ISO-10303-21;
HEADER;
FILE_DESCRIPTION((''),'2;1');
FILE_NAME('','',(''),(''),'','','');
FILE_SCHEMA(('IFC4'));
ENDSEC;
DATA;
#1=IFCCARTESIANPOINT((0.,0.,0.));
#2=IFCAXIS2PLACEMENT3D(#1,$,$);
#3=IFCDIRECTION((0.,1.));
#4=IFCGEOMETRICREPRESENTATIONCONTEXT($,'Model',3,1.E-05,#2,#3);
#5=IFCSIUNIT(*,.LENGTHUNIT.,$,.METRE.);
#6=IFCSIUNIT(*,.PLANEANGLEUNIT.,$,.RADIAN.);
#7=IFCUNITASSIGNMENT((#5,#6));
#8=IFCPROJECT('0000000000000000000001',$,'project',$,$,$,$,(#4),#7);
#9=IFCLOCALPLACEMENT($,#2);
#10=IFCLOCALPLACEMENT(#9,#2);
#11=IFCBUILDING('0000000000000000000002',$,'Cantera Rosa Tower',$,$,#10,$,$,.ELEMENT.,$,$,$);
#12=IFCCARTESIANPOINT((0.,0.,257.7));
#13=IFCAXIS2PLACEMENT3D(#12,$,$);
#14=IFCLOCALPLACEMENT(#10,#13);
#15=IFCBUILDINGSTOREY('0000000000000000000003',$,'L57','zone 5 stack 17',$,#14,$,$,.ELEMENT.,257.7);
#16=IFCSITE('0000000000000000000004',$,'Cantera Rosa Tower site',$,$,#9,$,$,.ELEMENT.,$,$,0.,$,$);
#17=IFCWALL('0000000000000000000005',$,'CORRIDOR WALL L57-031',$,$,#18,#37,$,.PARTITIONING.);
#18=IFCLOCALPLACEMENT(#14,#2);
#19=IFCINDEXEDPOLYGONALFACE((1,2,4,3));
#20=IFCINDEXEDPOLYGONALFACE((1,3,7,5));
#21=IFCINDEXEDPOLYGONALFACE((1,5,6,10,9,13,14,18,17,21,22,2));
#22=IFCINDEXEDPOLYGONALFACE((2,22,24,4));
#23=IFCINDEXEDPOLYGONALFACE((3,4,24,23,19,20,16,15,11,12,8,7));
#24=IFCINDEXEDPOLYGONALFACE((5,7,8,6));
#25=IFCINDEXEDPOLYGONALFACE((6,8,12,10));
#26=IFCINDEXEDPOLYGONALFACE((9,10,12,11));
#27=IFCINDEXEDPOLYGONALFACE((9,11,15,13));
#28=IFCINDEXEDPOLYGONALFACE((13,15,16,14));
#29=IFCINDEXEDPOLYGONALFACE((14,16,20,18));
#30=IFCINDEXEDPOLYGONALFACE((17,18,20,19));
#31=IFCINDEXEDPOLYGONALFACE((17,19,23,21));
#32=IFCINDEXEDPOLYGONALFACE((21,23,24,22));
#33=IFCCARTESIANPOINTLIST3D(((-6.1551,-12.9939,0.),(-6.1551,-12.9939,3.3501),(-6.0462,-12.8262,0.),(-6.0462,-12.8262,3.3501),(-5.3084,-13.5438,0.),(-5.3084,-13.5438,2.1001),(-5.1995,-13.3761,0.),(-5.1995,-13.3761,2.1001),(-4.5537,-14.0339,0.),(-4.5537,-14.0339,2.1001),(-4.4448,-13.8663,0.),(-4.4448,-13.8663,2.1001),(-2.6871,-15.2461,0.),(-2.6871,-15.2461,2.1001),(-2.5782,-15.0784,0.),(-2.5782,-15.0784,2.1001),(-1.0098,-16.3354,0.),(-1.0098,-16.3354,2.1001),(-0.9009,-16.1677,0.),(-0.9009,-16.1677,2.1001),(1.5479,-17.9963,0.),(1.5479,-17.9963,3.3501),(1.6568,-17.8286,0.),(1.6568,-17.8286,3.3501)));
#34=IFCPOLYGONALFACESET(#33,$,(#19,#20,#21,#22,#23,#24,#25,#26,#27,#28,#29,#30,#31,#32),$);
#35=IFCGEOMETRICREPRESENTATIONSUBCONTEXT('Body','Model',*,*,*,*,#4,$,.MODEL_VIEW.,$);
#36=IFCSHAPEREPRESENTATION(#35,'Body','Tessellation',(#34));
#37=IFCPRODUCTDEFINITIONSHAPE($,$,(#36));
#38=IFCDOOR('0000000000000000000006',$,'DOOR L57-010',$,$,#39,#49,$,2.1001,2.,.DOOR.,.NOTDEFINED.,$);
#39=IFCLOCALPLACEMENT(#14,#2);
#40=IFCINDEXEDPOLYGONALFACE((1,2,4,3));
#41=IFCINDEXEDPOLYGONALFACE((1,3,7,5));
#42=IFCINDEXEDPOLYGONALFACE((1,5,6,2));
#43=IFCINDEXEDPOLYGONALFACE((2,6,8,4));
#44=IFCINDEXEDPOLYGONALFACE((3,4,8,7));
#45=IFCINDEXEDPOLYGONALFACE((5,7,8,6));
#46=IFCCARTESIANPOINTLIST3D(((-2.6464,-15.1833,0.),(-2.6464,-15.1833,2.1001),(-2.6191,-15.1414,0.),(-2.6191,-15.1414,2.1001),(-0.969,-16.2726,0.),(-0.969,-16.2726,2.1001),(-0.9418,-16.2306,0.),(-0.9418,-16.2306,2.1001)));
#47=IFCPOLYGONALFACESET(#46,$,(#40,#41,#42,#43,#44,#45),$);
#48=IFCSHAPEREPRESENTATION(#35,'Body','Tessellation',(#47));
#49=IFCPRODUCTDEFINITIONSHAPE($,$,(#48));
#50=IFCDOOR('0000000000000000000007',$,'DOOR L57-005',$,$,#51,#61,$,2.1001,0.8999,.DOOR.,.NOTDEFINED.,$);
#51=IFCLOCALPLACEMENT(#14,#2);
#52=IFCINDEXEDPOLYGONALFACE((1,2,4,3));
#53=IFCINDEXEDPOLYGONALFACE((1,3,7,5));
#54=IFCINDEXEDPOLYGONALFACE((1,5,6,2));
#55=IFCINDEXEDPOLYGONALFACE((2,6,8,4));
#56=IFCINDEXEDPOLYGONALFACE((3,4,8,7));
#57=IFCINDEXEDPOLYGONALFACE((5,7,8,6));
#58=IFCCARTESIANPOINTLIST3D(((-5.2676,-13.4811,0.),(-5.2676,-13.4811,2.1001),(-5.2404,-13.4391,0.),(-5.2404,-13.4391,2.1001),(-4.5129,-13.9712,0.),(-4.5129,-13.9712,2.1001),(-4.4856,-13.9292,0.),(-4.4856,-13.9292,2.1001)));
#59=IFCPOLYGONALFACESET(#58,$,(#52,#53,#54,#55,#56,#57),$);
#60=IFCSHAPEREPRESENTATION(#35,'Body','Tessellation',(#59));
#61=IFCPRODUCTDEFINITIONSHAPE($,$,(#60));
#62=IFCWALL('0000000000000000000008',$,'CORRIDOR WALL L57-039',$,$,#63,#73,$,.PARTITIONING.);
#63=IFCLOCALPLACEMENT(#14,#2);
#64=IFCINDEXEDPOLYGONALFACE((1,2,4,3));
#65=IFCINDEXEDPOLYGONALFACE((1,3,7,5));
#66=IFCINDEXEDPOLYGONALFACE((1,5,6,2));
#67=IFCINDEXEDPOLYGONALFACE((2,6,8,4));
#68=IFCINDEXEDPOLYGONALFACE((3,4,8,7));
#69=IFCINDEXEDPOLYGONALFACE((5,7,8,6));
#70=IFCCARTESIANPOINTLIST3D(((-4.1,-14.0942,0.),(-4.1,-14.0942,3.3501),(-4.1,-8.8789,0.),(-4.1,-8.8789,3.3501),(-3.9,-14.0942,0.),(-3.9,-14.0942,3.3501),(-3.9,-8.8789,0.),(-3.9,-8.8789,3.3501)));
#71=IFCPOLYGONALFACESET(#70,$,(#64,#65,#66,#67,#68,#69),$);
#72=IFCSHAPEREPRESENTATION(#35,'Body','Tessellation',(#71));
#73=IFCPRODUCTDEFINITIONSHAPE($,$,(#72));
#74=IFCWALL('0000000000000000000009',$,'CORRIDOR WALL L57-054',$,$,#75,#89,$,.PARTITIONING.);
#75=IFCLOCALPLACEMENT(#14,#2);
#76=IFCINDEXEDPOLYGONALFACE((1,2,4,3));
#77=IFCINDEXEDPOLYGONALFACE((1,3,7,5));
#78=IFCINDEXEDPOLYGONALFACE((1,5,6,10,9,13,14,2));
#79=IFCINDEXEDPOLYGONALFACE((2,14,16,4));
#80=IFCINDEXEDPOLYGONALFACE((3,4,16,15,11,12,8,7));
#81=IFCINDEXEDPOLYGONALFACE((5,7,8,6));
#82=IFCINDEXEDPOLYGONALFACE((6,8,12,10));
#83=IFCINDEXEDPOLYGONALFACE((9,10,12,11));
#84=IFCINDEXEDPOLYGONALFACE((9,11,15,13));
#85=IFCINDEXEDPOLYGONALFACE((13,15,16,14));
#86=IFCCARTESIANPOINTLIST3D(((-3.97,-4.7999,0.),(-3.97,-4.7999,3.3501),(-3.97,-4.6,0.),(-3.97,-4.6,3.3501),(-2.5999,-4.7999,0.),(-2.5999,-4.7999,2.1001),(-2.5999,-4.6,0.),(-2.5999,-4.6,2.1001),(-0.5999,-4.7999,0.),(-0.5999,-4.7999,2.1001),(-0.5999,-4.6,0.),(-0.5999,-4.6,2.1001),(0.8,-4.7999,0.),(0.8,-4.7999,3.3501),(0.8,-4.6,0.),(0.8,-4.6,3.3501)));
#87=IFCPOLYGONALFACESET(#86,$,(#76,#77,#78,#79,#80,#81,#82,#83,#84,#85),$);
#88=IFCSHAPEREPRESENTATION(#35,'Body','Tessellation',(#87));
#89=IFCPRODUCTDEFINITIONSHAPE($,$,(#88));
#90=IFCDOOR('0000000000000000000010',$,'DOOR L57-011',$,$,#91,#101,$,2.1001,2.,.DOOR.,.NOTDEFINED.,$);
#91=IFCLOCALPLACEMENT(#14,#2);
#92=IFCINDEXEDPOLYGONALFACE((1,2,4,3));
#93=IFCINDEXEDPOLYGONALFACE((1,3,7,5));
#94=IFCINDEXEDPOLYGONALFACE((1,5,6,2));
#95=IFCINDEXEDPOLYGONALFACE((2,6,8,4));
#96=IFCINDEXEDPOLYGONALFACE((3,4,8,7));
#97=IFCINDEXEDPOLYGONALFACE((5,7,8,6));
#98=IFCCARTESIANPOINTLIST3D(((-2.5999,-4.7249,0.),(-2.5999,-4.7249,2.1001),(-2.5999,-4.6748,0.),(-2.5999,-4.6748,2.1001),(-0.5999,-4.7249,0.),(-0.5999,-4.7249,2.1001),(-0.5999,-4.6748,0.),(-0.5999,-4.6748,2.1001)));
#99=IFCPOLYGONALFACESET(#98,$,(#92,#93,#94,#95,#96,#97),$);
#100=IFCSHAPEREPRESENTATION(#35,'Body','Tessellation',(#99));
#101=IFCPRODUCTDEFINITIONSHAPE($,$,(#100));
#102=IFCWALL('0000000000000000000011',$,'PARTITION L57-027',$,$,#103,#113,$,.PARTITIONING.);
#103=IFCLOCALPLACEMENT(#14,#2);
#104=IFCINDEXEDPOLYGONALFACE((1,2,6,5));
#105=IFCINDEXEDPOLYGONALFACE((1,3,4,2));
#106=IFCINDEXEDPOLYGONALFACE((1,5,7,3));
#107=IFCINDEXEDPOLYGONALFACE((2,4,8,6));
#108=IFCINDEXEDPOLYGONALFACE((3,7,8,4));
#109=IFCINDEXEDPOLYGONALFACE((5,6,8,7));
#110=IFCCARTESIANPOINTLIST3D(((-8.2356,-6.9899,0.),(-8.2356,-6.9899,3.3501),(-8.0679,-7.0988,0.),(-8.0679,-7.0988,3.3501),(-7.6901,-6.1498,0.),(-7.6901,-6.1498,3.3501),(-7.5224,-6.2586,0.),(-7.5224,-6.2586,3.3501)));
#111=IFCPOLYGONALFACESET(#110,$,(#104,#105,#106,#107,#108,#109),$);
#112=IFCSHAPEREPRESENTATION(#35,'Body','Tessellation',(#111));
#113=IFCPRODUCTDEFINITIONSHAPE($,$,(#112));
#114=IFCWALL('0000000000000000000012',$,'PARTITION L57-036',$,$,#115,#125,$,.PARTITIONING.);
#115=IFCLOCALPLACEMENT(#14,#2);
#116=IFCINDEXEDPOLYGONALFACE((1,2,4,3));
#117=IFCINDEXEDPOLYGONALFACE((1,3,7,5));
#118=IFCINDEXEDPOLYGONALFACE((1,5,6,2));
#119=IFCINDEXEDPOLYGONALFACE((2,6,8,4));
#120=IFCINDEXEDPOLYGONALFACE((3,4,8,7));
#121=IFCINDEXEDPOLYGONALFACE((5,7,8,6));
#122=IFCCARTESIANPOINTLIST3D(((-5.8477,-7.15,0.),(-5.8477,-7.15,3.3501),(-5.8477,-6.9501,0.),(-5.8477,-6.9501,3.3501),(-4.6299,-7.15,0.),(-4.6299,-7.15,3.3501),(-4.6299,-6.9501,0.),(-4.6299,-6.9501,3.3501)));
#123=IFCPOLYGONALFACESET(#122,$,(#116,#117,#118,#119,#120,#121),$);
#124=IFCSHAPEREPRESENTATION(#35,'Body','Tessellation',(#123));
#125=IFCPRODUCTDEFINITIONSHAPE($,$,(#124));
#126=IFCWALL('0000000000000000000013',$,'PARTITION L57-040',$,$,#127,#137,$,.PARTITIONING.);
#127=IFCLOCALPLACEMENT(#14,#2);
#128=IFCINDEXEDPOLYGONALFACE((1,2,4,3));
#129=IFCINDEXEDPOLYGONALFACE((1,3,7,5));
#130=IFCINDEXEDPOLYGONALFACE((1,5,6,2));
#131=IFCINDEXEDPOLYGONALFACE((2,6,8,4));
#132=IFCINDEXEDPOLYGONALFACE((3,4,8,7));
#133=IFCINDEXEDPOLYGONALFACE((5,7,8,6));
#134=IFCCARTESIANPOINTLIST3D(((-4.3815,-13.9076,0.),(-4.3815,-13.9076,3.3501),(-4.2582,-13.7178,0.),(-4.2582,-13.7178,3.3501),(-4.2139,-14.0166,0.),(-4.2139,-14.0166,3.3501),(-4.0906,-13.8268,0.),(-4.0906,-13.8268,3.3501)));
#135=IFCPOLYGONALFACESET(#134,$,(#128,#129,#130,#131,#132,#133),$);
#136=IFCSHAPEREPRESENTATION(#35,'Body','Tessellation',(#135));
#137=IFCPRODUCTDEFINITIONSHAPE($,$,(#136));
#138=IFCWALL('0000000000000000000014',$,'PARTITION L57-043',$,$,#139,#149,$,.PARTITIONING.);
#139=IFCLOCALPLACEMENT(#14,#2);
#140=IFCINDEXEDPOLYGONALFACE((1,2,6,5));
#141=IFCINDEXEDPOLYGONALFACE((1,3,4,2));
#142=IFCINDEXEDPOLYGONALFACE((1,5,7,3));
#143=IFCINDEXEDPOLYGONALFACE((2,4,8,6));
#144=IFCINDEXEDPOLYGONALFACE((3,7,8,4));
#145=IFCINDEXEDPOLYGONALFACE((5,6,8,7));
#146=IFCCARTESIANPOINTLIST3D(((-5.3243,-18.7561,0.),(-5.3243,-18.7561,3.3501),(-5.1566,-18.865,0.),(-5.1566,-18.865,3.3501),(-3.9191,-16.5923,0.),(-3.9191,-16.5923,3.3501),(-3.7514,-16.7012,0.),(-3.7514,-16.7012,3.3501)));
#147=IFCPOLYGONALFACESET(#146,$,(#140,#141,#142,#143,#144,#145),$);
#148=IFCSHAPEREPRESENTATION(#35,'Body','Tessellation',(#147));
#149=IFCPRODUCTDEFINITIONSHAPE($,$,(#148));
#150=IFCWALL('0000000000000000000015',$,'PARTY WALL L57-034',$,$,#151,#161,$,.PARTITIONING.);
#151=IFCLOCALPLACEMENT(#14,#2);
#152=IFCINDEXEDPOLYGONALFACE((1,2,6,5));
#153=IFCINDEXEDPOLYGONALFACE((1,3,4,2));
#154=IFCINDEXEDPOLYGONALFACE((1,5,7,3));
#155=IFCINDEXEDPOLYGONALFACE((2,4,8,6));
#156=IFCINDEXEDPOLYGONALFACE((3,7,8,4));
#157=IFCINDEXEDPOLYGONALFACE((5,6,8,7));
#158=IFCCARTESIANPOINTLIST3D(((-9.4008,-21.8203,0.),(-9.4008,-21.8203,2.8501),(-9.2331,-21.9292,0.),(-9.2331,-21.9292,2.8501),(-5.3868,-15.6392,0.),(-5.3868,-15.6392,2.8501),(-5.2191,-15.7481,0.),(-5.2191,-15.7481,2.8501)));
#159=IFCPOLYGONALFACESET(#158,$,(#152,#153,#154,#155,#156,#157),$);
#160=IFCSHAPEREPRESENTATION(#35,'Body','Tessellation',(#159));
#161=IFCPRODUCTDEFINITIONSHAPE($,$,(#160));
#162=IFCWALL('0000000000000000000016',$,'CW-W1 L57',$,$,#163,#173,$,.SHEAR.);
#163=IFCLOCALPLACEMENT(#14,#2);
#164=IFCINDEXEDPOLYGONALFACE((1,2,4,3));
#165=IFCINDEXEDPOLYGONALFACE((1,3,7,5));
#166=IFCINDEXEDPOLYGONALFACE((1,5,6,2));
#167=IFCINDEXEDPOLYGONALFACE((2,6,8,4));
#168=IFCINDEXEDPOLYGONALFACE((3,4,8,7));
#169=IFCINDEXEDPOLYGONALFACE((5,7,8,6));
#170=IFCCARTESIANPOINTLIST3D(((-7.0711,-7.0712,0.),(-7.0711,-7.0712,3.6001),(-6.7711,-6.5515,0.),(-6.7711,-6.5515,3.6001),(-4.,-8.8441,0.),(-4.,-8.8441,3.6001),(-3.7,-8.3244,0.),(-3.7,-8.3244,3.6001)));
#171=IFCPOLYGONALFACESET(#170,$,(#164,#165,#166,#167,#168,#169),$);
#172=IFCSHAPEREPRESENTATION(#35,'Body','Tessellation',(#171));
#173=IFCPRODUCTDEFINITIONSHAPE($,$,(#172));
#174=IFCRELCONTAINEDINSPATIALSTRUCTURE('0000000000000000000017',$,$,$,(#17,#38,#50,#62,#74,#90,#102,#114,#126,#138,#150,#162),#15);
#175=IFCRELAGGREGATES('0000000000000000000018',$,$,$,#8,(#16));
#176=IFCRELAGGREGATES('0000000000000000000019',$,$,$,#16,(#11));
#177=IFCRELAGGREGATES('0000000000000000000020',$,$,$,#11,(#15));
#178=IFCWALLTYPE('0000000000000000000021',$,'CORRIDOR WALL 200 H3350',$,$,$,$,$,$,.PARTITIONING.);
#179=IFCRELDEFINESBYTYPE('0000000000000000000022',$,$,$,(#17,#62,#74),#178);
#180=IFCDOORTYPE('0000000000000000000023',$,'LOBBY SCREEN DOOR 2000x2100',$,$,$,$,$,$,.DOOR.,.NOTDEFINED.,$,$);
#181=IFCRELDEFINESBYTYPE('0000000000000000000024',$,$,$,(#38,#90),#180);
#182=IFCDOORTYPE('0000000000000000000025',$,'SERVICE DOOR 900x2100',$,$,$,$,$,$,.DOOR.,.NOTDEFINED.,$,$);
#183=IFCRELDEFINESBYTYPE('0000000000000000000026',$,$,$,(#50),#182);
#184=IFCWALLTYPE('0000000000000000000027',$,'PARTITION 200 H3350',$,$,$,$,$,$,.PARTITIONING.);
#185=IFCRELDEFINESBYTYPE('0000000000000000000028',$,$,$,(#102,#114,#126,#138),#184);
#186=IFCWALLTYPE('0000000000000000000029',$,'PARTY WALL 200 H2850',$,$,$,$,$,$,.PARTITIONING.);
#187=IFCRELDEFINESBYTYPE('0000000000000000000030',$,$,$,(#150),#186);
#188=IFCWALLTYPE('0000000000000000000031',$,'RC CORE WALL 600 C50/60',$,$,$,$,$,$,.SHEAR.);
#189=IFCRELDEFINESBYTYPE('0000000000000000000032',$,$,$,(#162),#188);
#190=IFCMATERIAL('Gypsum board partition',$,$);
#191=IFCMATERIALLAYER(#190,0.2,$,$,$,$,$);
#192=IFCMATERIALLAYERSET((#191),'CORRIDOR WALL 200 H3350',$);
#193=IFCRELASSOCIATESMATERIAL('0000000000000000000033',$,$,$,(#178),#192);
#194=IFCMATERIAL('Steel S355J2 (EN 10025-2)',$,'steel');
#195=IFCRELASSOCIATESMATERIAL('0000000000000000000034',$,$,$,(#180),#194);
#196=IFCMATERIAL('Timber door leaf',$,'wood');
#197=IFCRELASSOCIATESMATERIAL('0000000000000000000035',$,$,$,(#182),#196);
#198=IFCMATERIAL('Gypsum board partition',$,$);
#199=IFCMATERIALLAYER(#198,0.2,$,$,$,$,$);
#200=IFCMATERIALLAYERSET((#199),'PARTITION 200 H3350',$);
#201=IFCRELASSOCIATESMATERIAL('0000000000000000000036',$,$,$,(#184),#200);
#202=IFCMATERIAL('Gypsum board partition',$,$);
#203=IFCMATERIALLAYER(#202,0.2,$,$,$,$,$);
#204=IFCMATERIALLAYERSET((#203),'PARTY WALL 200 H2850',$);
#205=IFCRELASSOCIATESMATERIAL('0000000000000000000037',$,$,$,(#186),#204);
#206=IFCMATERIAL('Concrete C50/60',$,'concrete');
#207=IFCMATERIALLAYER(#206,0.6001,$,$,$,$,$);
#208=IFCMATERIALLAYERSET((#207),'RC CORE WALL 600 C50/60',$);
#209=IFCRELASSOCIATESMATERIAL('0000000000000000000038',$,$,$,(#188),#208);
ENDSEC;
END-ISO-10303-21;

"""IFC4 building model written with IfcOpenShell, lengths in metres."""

from ifc_helpers import new_model, si_unit, direction, frame, frame_2d, origin, place, context, subcontext, project, spatial, rectangle, extrude, material, layer, layer_set, type_object, element, fill, save


model = new_model("IFC4")

# Units and contexts
model_context = context("Model", 3, precision=1e-05, world=origin(), true_north=direction((0.0, 1.0)))
body_context = subcontext(model_context, "Body", "Model", "MODEL_VIEW")
ifc_project = project(units=[si_unit("LENGTHUNIT", "METRE"), si_unit("PLANEANGLEUNIT", "RADIAN")], contexts=[model_context])

# Site, building, storey
site_placement = place(None, origin())
site = spatial("IfcSite", under=ifc_project, at=site_placement, Name="Cantera Rosa Tower site", CompositionType="ELEMENT", RefElevation=0.0)
building_placement = place(site_placement, origin())
building = spatial("IfcBuilding", under=site, at=building_placement, Name="Cantera Rosa Tower", CompositionType="ELEMENT")
storey_placement = place(building_placement, frame((0.0, 0.0, 257.7)))
storey = spatial("IfcBuildingStorey", under=building, at=storey_placement, Name="L57", Description="zone 5 stack 17", CompositionType="ELEMENT", Elevation=257.7)

# Wall, openings, doors
ifc_material_1 = material(Name="Gypsum board partition")
ifc_layer_1 = layer(ifc_material_1, 0.2)
ifc_layer_set_1 = layer_set([ifc_layer_1], Name="CORRIDOR WALL 200 H3350")
wall_type_1 = type_object("IfcWallType", Name="CORRIDOR WALL 200 H3350", PredefinedType="PARTITIONING", material=ifc_layer_set_1)
wall_1_placement = place(storey_placement, frame((-6.1006, -12.9102, 0.0), z_axis=(0.0, 0.0, 1.0), x_axis=(0.838672, -0.544637, 0.0)))
wall_1 = element("IfcWall", 1, at=wall_1_placement, inside=storey, type_object=wall_type_1, Name="CORRIDOR WALL L57-031", PredefinedType="PARTITIONING", context=body_context, shape_type="SweptSolid", body=[
    extrude(rectangle(XDim=9.1848, YDim=0.2, at=frame_2d((4.5923, 0.0))), origin(), (0.0, 0.0, 1.0), 3.3501),
])
opening_1_placement = place(wall_1_placement, frame((1.0095, 0.0, 0.0)))
opening_1 = element("IfcOpeningElement", 2, at=opening_1_placement, cuts=wall_1, PredefinedType="OPENING", context=body_context, shape_type="SweptSolid", body=[
    extrude(rectangle(XDim=0.8999, YDim=2.1001, at=frame_2d((0.45, 1.05))), frame((0.0, 0.1099, 0.0), z_axis=(0.0, -1.0, 0.0), x_axis=(1.0, 0.0, 0.0)), (0.0, 0.0, 1.0), 0.22),
])
opening_2_placement = place(wall_1_placement, frame((4.135, 0.0, 0.0)))
opening_2 = element("IfcOpeningElement", 3, at=opening_2_placement, cuts=wall_1, PredefinedType="OPENING", context=body_context, shape_type="SweptSolid", body=[
    extrude(rectangle(XDim=2.0, YDim=2.1001, at=frame_2d((1.0, 1.05))), frame((0.0, 0.1099, 0.0), z_axis=(0.0, -1.0, 0.0), x_axis=(1.0, 0.0, 0.0)), (0.0, 0.0, 1.0), 0.22),
])
ifc_material_2 = material(Name="Steel S355J2 (EN 10025-2)", Category="steel")
door_type_1 = type_object("IfcDoorType", Name="LOBBY SCREEN DOOR 2000x2100", OperationType="NOTDEFINED", PredefinedType="DOOR", material=ifc_material_2)
door_1_placement = place(opening_2_placement, origin())
door_1 = element("IfcDoor", 4, at=door_1_placement, inside=storey, type_object=door_type_1, Name="DOOR L57-010", OperationType="NOTDEFINED", OverallHeight=2.1001, OverallWidth=2.0, PredefinedType="DOOR", context=body_context, shape_type="SweptSolid", body=[
    extrude(rectangle(XDim=2.0, YDim=2.1001, at=frame_2d((1.0, 1.05))), frame((0.0, 0.0249, 0.0), z_axis=(0.0, -1.0, 0.0), x_axis=(1.0, 0.0, 0.0)), (0.0, 0.0, 1.0), 0.05),
])
fill(opening_2, door_1)
ifc_material_3 = material(Name="Timber door leaf", Category="wood")
door_type_2 = type_object("IfcDoorType", Name="SERVICE DOOR 900x2100", OperationType="NOTDEFINED", PredefinedType="DOOR", material=ifc_material_3)
door_2_placement = place(opening_1_placement, origin())
door_2 = element("IfcDoor", 5, at=door_2_placement, inside=storey, type_object=door_type_2, Name="DOOR L57-005", OperationType="NOTDEFINED", OverallHeight=2.1001, OverallWidth=0.8999, PredefinedType="DOOR", context=body_context, shape_type="SweptSolid", body=[
    extrude(rectangle(XDim=0.8999, YDim=2.1001, at=frame_2d((0.45, 1.05))), frame((0.0, 0.0249, 0.0), z_axis=(0.0, -1.0, 0.0), x_axis=(1.0, 0.0, 0.0)), (0.0, 0.0, 1.0), 0.05),
])
fill(opening_1, door_2)

# Wall
wall_2_placement = place(storey_placement, frame((-4.0, -14.0942, 0.0), z_axis=(0.0, 0.0, 1.0), x_axis=(0.0, 1.0, 0.0)))
element("IfcWall", 6, at=wall_2_placement, inside=storey, type_object=wall_type_1, Name="CORRIDOR WALL L57-039", PredefinedType="PARTITIONING", context=body_context, shape_type="SweptSolid", body=[
    extrude(rectangle(XDim=5.2153, YDim=0.2, at=frame_2d((2.6077, 0.0))), origin(), (0.0, 0.0, 1.0), 3.3501),
])

# Wall, opening, door
wall_3_placement = place(storey_placement, frame((0.8, -4.7, 0.0), z_axis=(0.0, 0.0, 1.0), x_axis=(-1.0, 0.0, 0.0)))
wall_3 = element("IfcWall", 7, at=wall_3_placement, inside=storey, type_object=wall_type_1, Name="CORRIDOR WALL L57-054", PredefinedType="PARTITIONING", context=body_context, shape_type="SweptSolid", body=[
    extrude(rectangle(XDim=4.77, YDim=0.2, at=frame_2d((2.385, 0.0))), origin(), (0.0, 0.0, 1.0), 3.3501),
])
opening_3_placement = place(wall_3_placement, frame((1.3999, 0.0, 0.0)))
opening_3 = element("IfcOpeningElement", 8, at=opening_3_placement, cuts=wall_3, PredefinedType="OPENING", context=body_context, shape_type="SweptSolid", body=[
    extrude(rectangle(XDim=2.0, YDim=2.1001, at=frame_2d((1.0, 1.05))), frame((0.0, 0.1099, 0.0), z_axis=(0.0, -1.0, 0.0), x_axis=(1.0, 0.0, 0.0)), (0.0, 0.0, 1.0), 0.22),
])
door_3_placement = place(opening_3_placement, origin())
door_3 = element("IfcDoor", 9, at=door_3_placement, inside=storey, type_object=door_type_1, Name="DOOR L57-011", OperationType="NOTDEFINED", OverallHeight=2.1001, OverallWidth=2.0, PredefinedType="DOOR", context=body_context, shape_type="SweptSolid", body=[
    extrude(rectangle(XDim=2.0, YDim=2.1001, at=frame_2d((1.0, 1.05))), frame((0.0, 0.0249, 0.0), z_axis=(0.0, -1.0, 0.0), x_axis=(1.0, 0.0, 0.0)), (0.0, 0.0, 1.0), 0.05),
])
fill(opening_3, door_3)

# Walls
ifc_material_4 = material(Name="Gypsum board partition")
ifc_layer_2 = layer(ifc_material_4, 0.2)
ifc_layer_set_2 = layer_set([ifc_layer_2], Name="PARTITION 200 H3350")
wall_type_2 = type_object("IfcWallType", Name="PARTITION 200 H3350", PredefinedType="PARTITIONING", material=ifc_layer_set_2)
wall_4_placement = place(storey_placement, frame((-7.6062, -6.2041, 0.0), z_axis=(0.0, 0.0, 1.0), x_axis=(-0.544534, -0.838739, 0.0)))
element("IfcWall", 10, at=wall_4_placement, inside=storey, type_object=wall_type_2, Name="PARTITION L57-027", PredefinedType="PARTITIONING", context=body_context, shape_type="SweptSolid", body=[
    extrude(rectangle(XDim=1.0017, YDim=0.2, at=frame_2d((0.501, 0.0))), origin(), (0.0, 0.0, 1.0), 3.3501),
])
wall_5_placement = place(storey_placement, frame((-4.6299, -7.05, 0.0), z_axis=(0.0, 0.0, 1.0), x_axis=(-1.0, 0.0, 0.0)))
element("IfcWall", 11, at=wall_5_placement, inside=storey, type_object=wall_type_2, Name="PARTITION L57-036", PredefinedType="PARTITIONING", context=body_context, shape_type="SweptSolid", body=[
    extrude(rectangle(XDim=1.2178, YDim=0.2, at=frame_2d((0.6089, 0.0))), origin(), (0.0, 0.0, 1.0), 3.3501),
])
wall_6_placement = place(storey_placement, frame((-4.1743, -13.7722, 0.0), z_axis=(0.0, 0.0, 1.0), x_axis=(-0.54495, -0.838468, 0.0)))
element("IfcWall", 12, at=wall_6_placement, inside=storey, type_object=wall_type_2, Name="PARTITION L57-040", PredefinedType="PARTITIONING", context=body_context, shape_type="SweptSolid", body=[
    extrude(rectangle(XDim=0.2263, YDim=0.2, at=frame_2d((0.1133, 0.0))), origin(), (0.0, 0.0, 1.0), 3.3501),
])
wall_7_placement = place(storey_placement, frame((-3.8352, -16.6467, 0.0), z_axis=(0.0, 0.0, 1.0), x_axis=(-0.544659, -0.838658, 0.0)))
element("IfcWall", 13, at=wall_7_placement, inside=storey, type_object=wall_type_2, Name="PARTITION L57-043", PredefinedType="PARTITIONING", context=body_context, shape_type="SweptSolid", body=[
    extrude(rectangle(XDim=2.5801, YDim=0.2, at=frame_2d((1.29, 0.0))), origin(), (0.0, 0.0, 1.0), 3.3501),
])
ifc_material_5 = material(Name="Gypsum board partition")
ifc_layer_3 = layer(ifc_material_5, 0.2)
ifc_layer_set_3 = layer_set([ifc_layer_3], Name="PARTY WALL 200 H2850")
wall_type_3 = type_object("IfcWallType", Name="PARTY WALL 200 H2850", PredefinedType="PARTITIONING", material=ifc_layer_set_3)
wall_8_placement = place(storey_placement, frame((-5.303, -15.6936, 0.0), z_axis=(0.0, 0.0, 1.0), x_axis=(-0.544623, -0.838681, 0.0)))
element("IfcWall", 14, at=wall_8_placement, inside=storey, type_object=wall_type_3, Name="PARTY WALL L57-034", PredefinedType="PARTITIONING", context=body_context, shape_type="SweptSolid", body=[
    extrude(rectangle(XDim=7.3701, YDim=0.2, at=frame_2d((3.6851, 0.0))), origin(), (0.0, 0.0, 1.0), 2.8501),
])
ifc_material_6 = material(Name="Concrete C50/60", Category="concrete")
ifc_layer_4 = layer(ifc_material_6, 0.6001)
ifc_layer_set_4 = layer_set([ifc_layer_4], Name="RC CORE WALL 600 C50/60")
wall_type_4 = type_object("IfcWallType", Name="RC CORE WALL 600 C50/60", PredefinedType="SHEAR", material=ifc_layer_set_4)
wall_9_placement = place(storey_placement, frame((-3.8501, -8.5842, 0.0), z_axis=(0.0, 0.0, 1.0), x_axis=(-0.86604, 0.499975, 0.0)))
element("IfcWall", 15, at=wall_9_placement, inside=storey, type_object=wall_type_4, Name="CW-W1 L57", PredefinedType="SHEAR", context=body_context, shape_type="SweptSolid", body=[
    extrude(rectangle(XDim=3.5461, YDim=0.6001, at=frame_2d((1.7729, 0.0))), origin(), (0.0, 0.0, 1.0), 3.6001),
])

save(model, "model.ifc")
